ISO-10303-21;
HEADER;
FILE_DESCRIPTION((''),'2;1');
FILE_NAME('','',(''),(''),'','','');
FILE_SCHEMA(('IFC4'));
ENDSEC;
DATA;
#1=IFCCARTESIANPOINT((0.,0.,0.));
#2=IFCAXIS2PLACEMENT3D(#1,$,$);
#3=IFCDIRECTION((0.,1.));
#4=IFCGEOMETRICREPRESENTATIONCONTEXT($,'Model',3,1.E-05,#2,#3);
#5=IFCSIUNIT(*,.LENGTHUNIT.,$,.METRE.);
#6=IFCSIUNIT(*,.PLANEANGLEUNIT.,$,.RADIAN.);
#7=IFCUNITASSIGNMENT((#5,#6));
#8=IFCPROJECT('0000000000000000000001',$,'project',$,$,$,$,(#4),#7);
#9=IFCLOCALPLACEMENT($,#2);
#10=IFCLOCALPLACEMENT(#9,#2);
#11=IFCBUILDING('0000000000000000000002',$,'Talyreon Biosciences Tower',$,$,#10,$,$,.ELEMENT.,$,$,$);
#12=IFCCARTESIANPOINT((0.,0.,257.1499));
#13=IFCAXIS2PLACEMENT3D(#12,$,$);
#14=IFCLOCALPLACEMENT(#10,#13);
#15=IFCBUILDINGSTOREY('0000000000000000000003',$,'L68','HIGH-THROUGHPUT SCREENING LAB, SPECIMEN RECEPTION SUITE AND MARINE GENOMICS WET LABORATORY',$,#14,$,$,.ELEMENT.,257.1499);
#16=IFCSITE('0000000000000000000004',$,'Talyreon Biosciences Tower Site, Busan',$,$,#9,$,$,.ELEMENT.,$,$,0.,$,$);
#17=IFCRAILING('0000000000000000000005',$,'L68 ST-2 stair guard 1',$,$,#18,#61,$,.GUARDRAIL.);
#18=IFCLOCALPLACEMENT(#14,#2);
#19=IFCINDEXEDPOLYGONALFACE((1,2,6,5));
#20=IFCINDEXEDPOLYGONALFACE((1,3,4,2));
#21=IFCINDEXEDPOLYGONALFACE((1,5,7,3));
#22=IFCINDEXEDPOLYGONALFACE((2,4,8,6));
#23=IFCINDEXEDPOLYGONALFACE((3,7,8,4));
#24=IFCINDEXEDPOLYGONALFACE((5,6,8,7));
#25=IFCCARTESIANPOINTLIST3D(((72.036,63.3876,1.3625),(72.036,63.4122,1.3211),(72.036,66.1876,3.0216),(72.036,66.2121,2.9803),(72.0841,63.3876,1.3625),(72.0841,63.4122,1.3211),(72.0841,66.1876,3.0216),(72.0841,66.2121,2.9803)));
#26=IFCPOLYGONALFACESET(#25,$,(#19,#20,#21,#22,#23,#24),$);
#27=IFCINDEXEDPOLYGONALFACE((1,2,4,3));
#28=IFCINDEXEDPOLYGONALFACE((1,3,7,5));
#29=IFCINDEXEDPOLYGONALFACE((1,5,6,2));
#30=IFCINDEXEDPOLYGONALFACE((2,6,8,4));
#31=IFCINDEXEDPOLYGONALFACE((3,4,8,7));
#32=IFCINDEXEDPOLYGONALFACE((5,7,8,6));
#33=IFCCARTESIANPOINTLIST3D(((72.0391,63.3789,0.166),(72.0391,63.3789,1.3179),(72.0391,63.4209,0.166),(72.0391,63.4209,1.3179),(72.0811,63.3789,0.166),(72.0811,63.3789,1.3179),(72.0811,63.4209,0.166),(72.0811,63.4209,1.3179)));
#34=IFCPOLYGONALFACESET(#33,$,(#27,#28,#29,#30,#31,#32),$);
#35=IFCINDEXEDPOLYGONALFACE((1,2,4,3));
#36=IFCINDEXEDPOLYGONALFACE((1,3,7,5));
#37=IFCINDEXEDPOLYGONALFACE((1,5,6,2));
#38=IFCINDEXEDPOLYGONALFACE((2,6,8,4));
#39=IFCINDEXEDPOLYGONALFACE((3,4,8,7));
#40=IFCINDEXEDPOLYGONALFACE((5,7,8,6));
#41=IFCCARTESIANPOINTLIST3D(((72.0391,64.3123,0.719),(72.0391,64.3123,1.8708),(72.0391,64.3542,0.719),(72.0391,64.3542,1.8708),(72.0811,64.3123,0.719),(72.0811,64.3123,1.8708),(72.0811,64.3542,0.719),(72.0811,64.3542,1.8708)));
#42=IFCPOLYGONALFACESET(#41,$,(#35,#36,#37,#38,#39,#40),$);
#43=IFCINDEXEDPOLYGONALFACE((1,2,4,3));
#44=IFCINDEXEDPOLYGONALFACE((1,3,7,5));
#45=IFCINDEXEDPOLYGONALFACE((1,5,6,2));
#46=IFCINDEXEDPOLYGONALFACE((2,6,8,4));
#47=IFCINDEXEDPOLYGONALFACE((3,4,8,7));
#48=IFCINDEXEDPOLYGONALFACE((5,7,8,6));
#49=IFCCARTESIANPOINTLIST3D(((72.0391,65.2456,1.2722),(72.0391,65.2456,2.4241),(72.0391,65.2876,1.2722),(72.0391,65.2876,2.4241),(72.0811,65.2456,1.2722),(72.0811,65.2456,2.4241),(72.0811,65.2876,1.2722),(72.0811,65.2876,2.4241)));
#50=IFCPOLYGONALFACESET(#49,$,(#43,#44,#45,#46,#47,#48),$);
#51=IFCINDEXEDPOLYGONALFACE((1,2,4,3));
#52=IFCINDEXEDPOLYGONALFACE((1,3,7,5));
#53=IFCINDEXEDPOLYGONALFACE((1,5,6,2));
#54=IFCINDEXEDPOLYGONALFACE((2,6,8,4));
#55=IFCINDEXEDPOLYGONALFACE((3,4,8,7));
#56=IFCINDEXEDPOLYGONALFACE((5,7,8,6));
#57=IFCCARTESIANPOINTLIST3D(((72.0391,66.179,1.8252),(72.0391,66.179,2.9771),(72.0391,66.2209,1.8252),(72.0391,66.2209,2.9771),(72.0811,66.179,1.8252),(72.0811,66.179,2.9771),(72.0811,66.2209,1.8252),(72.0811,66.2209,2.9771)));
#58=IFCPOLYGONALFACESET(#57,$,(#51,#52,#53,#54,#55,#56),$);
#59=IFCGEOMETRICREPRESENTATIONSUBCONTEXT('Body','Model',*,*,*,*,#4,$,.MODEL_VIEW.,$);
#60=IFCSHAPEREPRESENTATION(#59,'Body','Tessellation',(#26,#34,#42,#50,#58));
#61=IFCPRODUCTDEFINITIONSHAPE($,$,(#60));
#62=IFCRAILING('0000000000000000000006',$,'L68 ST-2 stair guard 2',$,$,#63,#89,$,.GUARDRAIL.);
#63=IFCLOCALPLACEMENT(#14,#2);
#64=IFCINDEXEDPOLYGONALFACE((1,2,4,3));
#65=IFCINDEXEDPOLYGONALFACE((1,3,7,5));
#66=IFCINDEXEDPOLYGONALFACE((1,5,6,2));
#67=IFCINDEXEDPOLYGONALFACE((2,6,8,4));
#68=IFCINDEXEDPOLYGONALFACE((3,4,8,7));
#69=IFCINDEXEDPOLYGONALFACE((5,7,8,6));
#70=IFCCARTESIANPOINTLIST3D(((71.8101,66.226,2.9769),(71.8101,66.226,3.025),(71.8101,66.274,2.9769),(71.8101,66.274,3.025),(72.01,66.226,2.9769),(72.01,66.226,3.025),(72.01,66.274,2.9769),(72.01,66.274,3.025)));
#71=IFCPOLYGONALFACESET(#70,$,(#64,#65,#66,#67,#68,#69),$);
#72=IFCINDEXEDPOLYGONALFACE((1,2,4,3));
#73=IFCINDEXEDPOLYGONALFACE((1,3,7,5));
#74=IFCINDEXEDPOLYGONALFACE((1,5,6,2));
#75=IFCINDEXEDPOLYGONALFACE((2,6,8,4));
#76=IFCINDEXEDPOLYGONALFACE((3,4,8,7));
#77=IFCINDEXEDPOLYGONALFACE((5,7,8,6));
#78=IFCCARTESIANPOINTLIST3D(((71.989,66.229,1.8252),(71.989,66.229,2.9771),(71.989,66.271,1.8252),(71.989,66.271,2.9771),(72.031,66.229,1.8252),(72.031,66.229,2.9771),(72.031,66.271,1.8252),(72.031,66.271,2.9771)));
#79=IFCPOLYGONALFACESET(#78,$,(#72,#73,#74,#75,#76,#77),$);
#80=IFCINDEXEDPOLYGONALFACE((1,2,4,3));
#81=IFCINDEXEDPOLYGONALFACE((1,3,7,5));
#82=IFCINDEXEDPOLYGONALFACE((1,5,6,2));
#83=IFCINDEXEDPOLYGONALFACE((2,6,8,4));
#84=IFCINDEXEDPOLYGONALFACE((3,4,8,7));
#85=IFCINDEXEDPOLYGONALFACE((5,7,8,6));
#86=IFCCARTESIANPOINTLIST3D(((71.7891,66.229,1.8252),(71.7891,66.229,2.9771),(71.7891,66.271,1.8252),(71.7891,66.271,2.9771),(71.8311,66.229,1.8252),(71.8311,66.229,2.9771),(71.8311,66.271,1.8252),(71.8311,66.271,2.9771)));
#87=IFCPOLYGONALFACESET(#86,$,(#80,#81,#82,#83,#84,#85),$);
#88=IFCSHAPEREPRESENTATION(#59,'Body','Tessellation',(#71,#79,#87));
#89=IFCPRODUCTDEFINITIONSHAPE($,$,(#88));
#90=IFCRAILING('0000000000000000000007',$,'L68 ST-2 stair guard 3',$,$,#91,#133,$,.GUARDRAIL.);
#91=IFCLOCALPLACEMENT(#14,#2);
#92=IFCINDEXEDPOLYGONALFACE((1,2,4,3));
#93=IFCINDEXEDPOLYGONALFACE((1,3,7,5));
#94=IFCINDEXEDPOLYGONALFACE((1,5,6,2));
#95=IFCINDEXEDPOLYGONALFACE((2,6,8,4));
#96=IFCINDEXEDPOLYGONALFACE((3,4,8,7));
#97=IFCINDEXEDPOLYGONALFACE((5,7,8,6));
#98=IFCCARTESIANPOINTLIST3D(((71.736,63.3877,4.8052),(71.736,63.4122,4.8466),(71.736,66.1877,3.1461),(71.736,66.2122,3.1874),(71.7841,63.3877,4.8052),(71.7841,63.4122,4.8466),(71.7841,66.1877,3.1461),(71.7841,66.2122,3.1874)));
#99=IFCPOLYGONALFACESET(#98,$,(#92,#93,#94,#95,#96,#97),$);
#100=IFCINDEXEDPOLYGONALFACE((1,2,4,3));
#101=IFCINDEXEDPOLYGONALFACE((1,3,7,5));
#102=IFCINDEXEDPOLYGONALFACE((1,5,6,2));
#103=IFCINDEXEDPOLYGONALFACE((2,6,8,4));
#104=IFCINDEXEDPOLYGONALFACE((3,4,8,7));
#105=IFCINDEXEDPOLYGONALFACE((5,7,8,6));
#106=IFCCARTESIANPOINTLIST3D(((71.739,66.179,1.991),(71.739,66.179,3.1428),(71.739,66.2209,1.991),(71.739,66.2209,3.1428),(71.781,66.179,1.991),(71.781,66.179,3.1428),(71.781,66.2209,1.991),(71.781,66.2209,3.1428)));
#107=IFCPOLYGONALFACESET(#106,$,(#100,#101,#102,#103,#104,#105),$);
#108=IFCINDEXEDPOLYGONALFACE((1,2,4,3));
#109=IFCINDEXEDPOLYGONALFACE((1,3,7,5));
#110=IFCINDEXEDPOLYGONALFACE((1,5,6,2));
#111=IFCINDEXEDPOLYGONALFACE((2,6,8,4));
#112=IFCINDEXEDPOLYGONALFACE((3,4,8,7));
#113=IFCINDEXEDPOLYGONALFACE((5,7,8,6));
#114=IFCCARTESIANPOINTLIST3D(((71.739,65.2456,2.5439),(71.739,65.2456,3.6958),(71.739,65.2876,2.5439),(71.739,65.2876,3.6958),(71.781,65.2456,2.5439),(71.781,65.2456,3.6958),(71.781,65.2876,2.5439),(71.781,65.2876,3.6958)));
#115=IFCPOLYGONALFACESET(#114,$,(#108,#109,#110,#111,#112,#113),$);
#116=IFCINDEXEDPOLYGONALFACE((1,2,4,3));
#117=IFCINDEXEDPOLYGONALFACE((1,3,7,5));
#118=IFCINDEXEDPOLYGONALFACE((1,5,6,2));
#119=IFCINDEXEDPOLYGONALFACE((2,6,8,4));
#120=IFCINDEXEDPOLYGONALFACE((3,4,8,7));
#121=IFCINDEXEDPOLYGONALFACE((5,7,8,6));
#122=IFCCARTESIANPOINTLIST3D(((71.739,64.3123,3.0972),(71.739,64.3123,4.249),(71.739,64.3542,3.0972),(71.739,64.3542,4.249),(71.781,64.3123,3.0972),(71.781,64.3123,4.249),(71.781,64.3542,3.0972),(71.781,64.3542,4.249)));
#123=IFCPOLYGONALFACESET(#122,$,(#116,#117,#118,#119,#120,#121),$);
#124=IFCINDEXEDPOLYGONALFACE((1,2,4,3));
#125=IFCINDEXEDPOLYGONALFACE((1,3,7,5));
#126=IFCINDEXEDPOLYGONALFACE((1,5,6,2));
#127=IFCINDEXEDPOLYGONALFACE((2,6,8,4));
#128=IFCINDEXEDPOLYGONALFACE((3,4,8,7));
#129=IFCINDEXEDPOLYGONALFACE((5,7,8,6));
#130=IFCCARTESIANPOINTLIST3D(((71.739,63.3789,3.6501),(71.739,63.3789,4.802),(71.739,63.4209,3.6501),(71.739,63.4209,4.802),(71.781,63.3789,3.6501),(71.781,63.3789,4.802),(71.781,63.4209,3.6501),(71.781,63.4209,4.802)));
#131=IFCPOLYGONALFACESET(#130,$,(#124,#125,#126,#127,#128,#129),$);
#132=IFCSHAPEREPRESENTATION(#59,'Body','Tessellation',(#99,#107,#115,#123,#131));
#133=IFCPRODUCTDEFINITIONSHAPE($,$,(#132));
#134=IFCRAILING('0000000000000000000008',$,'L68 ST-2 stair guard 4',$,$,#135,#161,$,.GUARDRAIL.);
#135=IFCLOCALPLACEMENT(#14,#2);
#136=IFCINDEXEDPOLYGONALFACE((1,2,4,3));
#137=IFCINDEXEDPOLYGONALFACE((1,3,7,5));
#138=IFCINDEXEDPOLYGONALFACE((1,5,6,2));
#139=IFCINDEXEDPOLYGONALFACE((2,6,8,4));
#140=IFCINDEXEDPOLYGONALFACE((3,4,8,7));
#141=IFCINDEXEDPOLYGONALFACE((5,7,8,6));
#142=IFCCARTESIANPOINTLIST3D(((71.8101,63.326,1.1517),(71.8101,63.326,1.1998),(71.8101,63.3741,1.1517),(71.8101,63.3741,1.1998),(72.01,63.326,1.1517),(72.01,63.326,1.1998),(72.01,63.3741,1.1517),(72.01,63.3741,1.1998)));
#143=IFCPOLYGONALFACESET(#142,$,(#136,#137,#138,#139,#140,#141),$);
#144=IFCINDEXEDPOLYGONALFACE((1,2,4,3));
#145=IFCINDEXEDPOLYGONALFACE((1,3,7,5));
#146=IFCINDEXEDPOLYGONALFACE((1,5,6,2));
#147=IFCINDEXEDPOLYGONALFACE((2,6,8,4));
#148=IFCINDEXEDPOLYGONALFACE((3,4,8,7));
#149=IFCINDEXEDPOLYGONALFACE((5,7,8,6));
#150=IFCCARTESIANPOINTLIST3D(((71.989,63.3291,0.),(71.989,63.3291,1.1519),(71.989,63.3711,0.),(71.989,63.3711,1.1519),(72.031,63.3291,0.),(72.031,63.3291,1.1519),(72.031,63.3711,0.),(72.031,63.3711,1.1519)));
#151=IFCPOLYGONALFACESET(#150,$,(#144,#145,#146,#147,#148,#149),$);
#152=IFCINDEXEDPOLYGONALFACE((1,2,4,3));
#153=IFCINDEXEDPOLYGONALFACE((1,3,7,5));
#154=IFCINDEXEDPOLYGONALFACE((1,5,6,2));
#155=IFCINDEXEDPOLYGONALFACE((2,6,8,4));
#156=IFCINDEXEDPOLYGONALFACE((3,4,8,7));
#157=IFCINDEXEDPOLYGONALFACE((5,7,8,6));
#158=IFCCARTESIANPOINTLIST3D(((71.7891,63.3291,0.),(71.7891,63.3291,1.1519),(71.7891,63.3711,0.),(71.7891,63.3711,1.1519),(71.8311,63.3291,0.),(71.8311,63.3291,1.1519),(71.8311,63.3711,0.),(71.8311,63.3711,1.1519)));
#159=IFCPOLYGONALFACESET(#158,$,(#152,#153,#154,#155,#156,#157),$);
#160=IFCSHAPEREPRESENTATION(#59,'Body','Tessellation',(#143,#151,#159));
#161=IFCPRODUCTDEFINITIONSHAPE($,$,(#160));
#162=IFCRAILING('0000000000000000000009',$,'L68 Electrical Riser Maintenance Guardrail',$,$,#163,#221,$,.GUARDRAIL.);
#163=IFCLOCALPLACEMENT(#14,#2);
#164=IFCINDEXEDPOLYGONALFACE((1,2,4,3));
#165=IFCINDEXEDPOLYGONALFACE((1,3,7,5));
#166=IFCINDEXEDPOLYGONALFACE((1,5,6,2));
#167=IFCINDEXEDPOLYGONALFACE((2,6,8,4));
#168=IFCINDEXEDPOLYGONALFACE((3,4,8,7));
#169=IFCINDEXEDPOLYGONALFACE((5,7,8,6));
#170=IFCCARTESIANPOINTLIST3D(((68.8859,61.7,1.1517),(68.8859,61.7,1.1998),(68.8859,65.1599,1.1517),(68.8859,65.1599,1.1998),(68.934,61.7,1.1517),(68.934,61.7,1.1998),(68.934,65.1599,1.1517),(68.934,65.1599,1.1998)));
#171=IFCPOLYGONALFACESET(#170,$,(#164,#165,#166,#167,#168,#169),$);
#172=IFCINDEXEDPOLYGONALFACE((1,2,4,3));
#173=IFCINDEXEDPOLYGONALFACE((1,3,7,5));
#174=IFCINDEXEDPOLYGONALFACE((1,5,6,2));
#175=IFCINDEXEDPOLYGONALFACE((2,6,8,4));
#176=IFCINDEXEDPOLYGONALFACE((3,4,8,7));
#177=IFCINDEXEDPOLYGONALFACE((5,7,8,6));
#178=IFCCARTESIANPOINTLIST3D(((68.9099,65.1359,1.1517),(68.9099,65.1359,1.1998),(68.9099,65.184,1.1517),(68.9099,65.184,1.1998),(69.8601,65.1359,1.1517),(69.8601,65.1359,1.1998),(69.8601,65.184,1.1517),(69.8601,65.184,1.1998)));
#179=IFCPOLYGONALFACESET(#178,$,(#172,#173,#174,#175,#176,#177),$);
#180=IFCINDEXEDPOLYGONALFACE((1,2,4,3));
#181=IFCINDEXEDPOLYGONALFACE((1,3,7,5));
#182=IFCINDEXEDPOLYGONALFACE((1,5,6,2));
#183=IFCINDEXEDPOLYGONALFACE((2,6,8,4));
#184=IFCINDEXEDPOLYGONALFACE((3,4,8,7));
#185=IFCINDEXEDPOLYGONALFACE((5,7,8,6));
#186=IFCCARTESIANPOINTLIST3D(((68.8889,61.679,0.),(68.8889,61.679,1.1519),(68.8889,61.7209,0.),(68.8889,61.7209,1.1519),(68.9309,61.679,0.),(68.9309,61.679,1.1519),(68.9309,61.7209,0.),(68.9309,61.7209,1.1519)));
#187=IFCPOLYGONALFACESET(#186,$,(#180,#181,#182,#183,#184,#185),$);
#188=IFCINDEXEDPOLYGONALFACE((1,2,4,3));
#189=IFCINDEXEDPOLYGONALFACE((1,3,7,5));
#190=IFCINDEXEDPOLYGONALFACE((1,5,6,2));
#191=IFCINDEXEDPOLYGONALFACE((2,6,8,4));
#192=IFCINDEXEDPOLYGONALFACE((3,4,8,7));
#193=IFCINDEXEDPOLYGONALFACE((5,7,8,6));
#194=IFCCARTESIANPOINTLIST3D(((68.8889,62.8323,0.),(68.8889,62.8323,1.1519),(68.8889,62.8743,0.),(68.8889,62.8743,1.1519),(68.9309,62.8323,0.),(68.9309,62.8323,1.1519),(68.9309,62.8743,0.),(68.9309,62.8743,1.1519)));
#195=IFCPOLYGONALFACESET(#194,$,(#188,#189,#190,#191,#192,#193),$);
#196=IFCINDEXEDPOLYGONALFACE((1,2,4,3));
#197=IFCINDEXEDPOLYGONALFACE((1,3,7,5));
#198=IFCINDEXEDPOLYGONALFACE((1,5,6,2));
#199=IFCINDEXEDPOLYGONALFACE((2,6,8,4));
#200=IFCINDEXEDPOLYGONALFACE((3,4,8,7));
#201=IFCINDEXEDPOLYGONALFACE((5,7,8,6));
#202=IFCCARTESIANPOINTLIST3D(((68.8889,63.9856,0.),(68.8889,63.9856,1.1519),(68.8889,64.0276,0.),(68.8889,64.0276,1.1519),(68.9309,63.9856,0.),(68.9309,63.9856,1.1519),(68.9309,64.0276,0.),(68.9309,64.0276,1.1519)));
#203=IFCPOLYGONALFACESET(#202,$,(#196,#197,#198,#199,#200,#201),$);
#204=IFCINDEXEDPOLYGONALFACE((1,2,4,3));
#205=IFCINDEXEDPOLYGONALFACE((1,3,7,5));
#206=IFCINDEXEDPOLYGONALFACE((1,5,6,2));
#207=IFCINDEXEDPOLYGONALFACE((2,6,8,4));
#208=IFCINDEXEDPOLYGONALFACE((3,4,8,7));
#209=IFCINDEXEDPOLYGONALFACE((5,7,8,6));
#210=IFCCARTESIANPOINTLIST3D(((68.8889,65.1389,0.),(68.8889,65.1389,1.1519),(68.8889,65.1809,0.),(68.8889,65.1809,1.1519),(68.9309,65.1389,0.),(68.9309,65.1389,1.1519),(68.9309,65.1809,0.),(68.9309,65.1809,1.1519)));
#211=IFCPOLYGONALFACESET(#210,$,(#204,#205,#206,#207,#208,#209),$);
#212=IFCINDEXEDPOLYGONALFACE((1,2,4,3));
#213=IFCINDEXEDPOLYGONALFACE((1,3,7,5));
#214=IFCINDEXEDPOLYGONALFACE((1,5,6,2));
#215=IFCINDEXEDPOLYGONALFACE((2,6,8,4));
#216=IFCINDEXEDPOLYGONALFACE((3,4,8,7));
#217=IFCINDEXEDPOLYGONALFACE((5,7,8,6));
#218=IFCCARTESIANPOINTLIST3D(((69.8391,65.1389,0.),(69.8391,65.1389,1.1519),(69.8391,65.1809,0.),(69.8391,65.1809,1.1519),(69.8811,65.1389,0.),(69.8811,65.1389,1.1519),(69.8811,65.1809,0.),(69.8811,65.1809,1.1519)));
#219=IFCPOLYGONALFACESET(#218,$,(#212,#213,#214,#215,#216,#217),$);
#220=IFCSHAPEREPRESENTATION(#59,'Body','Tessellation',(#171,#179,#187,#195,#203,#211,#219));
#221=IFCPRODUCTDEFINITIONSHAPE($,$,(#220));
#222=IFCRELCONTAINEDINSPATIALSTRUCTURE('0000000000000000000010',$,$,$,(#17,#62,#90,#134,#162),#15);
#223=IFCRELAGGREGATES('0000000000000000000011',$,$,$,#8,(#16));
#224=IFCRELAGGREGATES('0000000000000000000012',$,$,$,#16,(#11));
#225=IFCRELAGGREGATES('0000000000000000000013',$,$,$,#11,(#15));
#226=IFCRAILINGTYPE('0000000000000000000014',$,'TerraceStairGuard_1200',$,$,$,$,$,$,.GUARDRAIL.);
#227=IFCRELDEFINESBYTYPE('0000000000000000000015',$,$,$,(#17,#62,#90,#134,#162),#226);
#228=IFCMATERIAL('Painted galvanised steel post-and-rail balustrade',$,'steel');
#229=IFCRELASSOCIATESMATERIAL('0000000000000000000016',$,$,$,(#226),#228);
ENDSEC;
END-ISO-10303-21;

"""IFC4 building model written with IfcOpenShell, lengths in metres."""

from ifc_helpers import new_model, si_unit, direction, frame, origin, origin_2d, place, context, subcontext, project, spatial, rectangle, extrude, material, type_object, element, save


model = new_model("IFC4")

# Units and contexts
model_context = context("Model", 3, precision=1e-05, world=origin(), true_north=direction((0.0, 1.0)))
body_context = subcontext(model_context, "Body", "Model", "MODEL_VIEW")
ifc_project = project(units=[si_unit("LENGTHUNIT", "METRE"), si_unit("PLANEANGLEUNIT", "RADIAN")], contexts=[model_context])

# Site, building, storey
site_placement = place(None, origin())
site = spatial("IfcSite", under=ifc_project, at=site_placement, Name="Talyreon Biosciences Tower Site, Busan", CompositionType="ELEMENT", RefElevation=0.0)
building_placement = place(site_placement, origin())
building = spatial("IfcBuilding", under=site, at=building_placement, Name="Talyreon Biosciences Tower", CompositionType="ELEMENT")
storey_placement = place(building_placement, frame((0.0, 0.0, 257.1499)))
storey = spatial("IfcBuildingStorey", under=building, at=storey_placement, Name="L68", Description="HIGH-THROUGHPUT SCREENING LAB, SPECIMEN RECEPTION SUITE AND MARINE GENOMICS WET LABORATORY", CompositionType="ELEMENT", Elevation=257.1499)

# Railings
ifc_material_1 = material(Name="Painted galvanised steel post-and-rail balustrade", Category="steel")
railing_type_1 = type_object("IfcRailingType", Name="TerraceStairGuard_1200", PredefinedType="GUARDRAIL", material=ifc_material_1)
railing_1_placement = place(storey_placement, frame((72.0601, 63.3999, 0.166)))
element("IfcRailing", 1, at=railing_1_placement, inside=storey, type_object=railing_type_1, Name="L68 ST-2 stair guard 1", PredefinedType="GUARDRAIL", context=body_context, shape_type="SweptSolid", body=[
    extrude(rectangle(XDim=0.0481, YDim=0.0481, at=origin_2d()), frame((0.0, 0.0, 1.1758), z_axis=(0.0, 0.860306, 0.509778), x_axis=(-1.0, 0.0, 0.0)), (0.0, 0.0, 1.0), 3.2546),
    extrude(rectangle(XDim=0.042, YDim=0.042, at=origin_2d()), origin(), (0.0, 0.0, 1.0), 1.1519),
    extrude(rectangle(XDim=0.042, YDim=0.042, at=origin_2d()), frame((0.0, 0.9333, 0.553)), (0.0, 0.0, 1.0), 1.1519),
    extrude(rectangle(XDim=0.042, YDim=0.042, at=origin_2d()), frame((0.0, 1.8667, 1.1062)), (0.0, 0.0, 1.0), 1.1519),
    extrude(rectangle(XDim=0.042, YDim=0.042, at=origin_2d()), frame((0.0, 2.8, 1.6592)), (0.0, 0.0, 1.0), 1.1519),
])
railing_2_placement = place(storey_placement, frame((72.01, 66.25, 1.8252)))
element("IfcRailing", 2, at=railing_2_placement, inside=storey, type_object=railing_type_1, Name="L68 ST-2 stair guard 2", PredefinedType="GUARDRAIL", context=body_context, shape_type="SweptSolid", body=[
    extrude(rectangle(XDim=0.0481, YDim=0.0481, at=origin_2d()), frame((0.0, 0.0, 1.1758), z_axis=(-1.0, 0.0, 0.0), x_axis=(0.0, -1.0, 0.0)), (0.0, 0.0, 1.0), 0.2),
    extrude(rectangle(XDim=0.042, YDim=0.042, at=origin_2d()), origin(), (0.0, 0.0, 1.0), 1.1519),
    extrude(rectangle(XDim=0.042, YDim=0.042, at=origin_2d()), frame((-0.2, 0.0, 0.0)), (0.0, 0.0, 1.0), 1.1519),
])
railing_3_placement = place(storey_placement, frame((71.76, 66.2, 1.991)))
element("IfcRailing", 3, at=railing_3_placement, inside=storey, type_object=railing_type_1, Name="L68 ST-2 stair guard 3", PredefinedType="GUARDRAIL", context=body_context, shape_type="SweptSolid", body=[
    extrude(rectangle(XDim=0.0481, YDim=0.0481, at=origin_2d()), frame((0.0, 0.0, 1.1758), z_axis=(0.0, -0.860306, 0.509778), x_axis=(1.0, 0.0, 0.0)), (0.0, 0.0, 1.0), 3.2546),
    extrude(rectangle(XDim=0.042, YDim=0.042, at=origin_2d()), origin(), (0.0, 0.0, 1.0), 1.1519),
    extrude(rectangle(XDim=0.042, YDim=0.042, at=origin_2d()), frame((0.0, -0.9333, 0.553)), (0.0, 0.0, 1.0), 1.1519),
    extrude(rectangle(XDim=0.042, YDim=0.042, at=origin_2d()), frame((0.0, -1.8667, 1.1062)), (0.0, 0.0, 1.0), 1.1519),
    extrude(rectangle(XDim=0.042, YDim=0.042, at=origin_2d()), frame((0.0, -2.8, 1.6592)), (0.0, 0.0, 1.0), 1.1519),
])
railing_4_placement = place(storey_placement, frame((72.01, 63.3501, 0.0)))
element("IfcRailing", 4, at=railing_4_placement, inside=storey, type_object=railing_type_1, Name="L68 ST-2 stair guard 4", PredefinedType="GUARDRAIL", context=body_context, shape_type="SweptSolid", body=[
    extrude(rectangle(XDim=0.0481, YDim=0.0481, at=origin_2d()), frame((0.0, 0.0, 1.1758), z_axis=(-1.0, 0.0, 0.0), x_axis=(0.0, -1.0, 0.0)), (0.0, 0.0, 1.0), 0.2),
    extrude(rectangle(XDim=0.042, YDim=0.042, at=origin_2d()), origin(), (0.0, 0.0, 1.0), 1.1519),
    extrude(rectangle(XDim=0.042, YDim=0.042, at=origin_2d()), frame((-0.2, 0.0, 0.0)), (0.0, 0.0, 1.0), 1.1519),
])
railing_5_placement = place(storey_placement, frame((68.9099, 61.7, 0.0)))
element("IfcRailing", 5, at=railing_5_placement, inside=storey, type_object=railing_type_1, Name="L68 Electrical Riser Maintenance Guardrail", PredefinedType="GUARDRAIL", context=body_context, shape_type="SweptSolid", body=[
    extrude(rectangle(XDim=0.0481, YDim=0.0481, at=origin_2d()), frame((0.0, 0.0, 1.1758), z_axis=(0.0, 1.0, 0.0), x_axis=(-1.0, 0.0, 0.0)), (0.0, 0.0, 1.0), 3.46),
    extrude(rectangle(XDim=0.0481, YDim=0.0481, at=origin_2d()), frame((0.0, 3.46, 1.1758), z_axis=(1.0, 0.0, 0.0), x_axis=(0.0, 1.0, 0.0)), (0.0, 0.0, 1.0), 0.9502),
    extrude(rectangle(XDim=0.042, YDim=0.042, at=origin_2d()), origin(), (0.0, 0.0, 1.0), 1.1519),
    extrude(rectangle(XDim=0.042, YDim=0.042, at=origin_2d()), frame((0.0, 1.1533, 0.0)), (0.0, 0.0, 1.0), 1.1519),
    extrude(rectangle(XDim=0.042, YDim=0.042, at=origin_2d()), frame((0.0, 2.3066, 0.0)), (0.0, 0.0, 1.0), 1.1519),
    extrude(rectangle(XDim=0.042, YDim=0.042, at=origin_2d()), frame((0.0, 3.46, 0.0)), (0.0, 0.0, 1.0), 1.1519),
    extrude(rectangle(XDim=0.042, YDim=0.042, at=origin_2d()), frame((0.9502, 3.46, 0.0)), (0.0, 0.0, 1.0), 1.1519),
])

save(model, "model.ifc")
